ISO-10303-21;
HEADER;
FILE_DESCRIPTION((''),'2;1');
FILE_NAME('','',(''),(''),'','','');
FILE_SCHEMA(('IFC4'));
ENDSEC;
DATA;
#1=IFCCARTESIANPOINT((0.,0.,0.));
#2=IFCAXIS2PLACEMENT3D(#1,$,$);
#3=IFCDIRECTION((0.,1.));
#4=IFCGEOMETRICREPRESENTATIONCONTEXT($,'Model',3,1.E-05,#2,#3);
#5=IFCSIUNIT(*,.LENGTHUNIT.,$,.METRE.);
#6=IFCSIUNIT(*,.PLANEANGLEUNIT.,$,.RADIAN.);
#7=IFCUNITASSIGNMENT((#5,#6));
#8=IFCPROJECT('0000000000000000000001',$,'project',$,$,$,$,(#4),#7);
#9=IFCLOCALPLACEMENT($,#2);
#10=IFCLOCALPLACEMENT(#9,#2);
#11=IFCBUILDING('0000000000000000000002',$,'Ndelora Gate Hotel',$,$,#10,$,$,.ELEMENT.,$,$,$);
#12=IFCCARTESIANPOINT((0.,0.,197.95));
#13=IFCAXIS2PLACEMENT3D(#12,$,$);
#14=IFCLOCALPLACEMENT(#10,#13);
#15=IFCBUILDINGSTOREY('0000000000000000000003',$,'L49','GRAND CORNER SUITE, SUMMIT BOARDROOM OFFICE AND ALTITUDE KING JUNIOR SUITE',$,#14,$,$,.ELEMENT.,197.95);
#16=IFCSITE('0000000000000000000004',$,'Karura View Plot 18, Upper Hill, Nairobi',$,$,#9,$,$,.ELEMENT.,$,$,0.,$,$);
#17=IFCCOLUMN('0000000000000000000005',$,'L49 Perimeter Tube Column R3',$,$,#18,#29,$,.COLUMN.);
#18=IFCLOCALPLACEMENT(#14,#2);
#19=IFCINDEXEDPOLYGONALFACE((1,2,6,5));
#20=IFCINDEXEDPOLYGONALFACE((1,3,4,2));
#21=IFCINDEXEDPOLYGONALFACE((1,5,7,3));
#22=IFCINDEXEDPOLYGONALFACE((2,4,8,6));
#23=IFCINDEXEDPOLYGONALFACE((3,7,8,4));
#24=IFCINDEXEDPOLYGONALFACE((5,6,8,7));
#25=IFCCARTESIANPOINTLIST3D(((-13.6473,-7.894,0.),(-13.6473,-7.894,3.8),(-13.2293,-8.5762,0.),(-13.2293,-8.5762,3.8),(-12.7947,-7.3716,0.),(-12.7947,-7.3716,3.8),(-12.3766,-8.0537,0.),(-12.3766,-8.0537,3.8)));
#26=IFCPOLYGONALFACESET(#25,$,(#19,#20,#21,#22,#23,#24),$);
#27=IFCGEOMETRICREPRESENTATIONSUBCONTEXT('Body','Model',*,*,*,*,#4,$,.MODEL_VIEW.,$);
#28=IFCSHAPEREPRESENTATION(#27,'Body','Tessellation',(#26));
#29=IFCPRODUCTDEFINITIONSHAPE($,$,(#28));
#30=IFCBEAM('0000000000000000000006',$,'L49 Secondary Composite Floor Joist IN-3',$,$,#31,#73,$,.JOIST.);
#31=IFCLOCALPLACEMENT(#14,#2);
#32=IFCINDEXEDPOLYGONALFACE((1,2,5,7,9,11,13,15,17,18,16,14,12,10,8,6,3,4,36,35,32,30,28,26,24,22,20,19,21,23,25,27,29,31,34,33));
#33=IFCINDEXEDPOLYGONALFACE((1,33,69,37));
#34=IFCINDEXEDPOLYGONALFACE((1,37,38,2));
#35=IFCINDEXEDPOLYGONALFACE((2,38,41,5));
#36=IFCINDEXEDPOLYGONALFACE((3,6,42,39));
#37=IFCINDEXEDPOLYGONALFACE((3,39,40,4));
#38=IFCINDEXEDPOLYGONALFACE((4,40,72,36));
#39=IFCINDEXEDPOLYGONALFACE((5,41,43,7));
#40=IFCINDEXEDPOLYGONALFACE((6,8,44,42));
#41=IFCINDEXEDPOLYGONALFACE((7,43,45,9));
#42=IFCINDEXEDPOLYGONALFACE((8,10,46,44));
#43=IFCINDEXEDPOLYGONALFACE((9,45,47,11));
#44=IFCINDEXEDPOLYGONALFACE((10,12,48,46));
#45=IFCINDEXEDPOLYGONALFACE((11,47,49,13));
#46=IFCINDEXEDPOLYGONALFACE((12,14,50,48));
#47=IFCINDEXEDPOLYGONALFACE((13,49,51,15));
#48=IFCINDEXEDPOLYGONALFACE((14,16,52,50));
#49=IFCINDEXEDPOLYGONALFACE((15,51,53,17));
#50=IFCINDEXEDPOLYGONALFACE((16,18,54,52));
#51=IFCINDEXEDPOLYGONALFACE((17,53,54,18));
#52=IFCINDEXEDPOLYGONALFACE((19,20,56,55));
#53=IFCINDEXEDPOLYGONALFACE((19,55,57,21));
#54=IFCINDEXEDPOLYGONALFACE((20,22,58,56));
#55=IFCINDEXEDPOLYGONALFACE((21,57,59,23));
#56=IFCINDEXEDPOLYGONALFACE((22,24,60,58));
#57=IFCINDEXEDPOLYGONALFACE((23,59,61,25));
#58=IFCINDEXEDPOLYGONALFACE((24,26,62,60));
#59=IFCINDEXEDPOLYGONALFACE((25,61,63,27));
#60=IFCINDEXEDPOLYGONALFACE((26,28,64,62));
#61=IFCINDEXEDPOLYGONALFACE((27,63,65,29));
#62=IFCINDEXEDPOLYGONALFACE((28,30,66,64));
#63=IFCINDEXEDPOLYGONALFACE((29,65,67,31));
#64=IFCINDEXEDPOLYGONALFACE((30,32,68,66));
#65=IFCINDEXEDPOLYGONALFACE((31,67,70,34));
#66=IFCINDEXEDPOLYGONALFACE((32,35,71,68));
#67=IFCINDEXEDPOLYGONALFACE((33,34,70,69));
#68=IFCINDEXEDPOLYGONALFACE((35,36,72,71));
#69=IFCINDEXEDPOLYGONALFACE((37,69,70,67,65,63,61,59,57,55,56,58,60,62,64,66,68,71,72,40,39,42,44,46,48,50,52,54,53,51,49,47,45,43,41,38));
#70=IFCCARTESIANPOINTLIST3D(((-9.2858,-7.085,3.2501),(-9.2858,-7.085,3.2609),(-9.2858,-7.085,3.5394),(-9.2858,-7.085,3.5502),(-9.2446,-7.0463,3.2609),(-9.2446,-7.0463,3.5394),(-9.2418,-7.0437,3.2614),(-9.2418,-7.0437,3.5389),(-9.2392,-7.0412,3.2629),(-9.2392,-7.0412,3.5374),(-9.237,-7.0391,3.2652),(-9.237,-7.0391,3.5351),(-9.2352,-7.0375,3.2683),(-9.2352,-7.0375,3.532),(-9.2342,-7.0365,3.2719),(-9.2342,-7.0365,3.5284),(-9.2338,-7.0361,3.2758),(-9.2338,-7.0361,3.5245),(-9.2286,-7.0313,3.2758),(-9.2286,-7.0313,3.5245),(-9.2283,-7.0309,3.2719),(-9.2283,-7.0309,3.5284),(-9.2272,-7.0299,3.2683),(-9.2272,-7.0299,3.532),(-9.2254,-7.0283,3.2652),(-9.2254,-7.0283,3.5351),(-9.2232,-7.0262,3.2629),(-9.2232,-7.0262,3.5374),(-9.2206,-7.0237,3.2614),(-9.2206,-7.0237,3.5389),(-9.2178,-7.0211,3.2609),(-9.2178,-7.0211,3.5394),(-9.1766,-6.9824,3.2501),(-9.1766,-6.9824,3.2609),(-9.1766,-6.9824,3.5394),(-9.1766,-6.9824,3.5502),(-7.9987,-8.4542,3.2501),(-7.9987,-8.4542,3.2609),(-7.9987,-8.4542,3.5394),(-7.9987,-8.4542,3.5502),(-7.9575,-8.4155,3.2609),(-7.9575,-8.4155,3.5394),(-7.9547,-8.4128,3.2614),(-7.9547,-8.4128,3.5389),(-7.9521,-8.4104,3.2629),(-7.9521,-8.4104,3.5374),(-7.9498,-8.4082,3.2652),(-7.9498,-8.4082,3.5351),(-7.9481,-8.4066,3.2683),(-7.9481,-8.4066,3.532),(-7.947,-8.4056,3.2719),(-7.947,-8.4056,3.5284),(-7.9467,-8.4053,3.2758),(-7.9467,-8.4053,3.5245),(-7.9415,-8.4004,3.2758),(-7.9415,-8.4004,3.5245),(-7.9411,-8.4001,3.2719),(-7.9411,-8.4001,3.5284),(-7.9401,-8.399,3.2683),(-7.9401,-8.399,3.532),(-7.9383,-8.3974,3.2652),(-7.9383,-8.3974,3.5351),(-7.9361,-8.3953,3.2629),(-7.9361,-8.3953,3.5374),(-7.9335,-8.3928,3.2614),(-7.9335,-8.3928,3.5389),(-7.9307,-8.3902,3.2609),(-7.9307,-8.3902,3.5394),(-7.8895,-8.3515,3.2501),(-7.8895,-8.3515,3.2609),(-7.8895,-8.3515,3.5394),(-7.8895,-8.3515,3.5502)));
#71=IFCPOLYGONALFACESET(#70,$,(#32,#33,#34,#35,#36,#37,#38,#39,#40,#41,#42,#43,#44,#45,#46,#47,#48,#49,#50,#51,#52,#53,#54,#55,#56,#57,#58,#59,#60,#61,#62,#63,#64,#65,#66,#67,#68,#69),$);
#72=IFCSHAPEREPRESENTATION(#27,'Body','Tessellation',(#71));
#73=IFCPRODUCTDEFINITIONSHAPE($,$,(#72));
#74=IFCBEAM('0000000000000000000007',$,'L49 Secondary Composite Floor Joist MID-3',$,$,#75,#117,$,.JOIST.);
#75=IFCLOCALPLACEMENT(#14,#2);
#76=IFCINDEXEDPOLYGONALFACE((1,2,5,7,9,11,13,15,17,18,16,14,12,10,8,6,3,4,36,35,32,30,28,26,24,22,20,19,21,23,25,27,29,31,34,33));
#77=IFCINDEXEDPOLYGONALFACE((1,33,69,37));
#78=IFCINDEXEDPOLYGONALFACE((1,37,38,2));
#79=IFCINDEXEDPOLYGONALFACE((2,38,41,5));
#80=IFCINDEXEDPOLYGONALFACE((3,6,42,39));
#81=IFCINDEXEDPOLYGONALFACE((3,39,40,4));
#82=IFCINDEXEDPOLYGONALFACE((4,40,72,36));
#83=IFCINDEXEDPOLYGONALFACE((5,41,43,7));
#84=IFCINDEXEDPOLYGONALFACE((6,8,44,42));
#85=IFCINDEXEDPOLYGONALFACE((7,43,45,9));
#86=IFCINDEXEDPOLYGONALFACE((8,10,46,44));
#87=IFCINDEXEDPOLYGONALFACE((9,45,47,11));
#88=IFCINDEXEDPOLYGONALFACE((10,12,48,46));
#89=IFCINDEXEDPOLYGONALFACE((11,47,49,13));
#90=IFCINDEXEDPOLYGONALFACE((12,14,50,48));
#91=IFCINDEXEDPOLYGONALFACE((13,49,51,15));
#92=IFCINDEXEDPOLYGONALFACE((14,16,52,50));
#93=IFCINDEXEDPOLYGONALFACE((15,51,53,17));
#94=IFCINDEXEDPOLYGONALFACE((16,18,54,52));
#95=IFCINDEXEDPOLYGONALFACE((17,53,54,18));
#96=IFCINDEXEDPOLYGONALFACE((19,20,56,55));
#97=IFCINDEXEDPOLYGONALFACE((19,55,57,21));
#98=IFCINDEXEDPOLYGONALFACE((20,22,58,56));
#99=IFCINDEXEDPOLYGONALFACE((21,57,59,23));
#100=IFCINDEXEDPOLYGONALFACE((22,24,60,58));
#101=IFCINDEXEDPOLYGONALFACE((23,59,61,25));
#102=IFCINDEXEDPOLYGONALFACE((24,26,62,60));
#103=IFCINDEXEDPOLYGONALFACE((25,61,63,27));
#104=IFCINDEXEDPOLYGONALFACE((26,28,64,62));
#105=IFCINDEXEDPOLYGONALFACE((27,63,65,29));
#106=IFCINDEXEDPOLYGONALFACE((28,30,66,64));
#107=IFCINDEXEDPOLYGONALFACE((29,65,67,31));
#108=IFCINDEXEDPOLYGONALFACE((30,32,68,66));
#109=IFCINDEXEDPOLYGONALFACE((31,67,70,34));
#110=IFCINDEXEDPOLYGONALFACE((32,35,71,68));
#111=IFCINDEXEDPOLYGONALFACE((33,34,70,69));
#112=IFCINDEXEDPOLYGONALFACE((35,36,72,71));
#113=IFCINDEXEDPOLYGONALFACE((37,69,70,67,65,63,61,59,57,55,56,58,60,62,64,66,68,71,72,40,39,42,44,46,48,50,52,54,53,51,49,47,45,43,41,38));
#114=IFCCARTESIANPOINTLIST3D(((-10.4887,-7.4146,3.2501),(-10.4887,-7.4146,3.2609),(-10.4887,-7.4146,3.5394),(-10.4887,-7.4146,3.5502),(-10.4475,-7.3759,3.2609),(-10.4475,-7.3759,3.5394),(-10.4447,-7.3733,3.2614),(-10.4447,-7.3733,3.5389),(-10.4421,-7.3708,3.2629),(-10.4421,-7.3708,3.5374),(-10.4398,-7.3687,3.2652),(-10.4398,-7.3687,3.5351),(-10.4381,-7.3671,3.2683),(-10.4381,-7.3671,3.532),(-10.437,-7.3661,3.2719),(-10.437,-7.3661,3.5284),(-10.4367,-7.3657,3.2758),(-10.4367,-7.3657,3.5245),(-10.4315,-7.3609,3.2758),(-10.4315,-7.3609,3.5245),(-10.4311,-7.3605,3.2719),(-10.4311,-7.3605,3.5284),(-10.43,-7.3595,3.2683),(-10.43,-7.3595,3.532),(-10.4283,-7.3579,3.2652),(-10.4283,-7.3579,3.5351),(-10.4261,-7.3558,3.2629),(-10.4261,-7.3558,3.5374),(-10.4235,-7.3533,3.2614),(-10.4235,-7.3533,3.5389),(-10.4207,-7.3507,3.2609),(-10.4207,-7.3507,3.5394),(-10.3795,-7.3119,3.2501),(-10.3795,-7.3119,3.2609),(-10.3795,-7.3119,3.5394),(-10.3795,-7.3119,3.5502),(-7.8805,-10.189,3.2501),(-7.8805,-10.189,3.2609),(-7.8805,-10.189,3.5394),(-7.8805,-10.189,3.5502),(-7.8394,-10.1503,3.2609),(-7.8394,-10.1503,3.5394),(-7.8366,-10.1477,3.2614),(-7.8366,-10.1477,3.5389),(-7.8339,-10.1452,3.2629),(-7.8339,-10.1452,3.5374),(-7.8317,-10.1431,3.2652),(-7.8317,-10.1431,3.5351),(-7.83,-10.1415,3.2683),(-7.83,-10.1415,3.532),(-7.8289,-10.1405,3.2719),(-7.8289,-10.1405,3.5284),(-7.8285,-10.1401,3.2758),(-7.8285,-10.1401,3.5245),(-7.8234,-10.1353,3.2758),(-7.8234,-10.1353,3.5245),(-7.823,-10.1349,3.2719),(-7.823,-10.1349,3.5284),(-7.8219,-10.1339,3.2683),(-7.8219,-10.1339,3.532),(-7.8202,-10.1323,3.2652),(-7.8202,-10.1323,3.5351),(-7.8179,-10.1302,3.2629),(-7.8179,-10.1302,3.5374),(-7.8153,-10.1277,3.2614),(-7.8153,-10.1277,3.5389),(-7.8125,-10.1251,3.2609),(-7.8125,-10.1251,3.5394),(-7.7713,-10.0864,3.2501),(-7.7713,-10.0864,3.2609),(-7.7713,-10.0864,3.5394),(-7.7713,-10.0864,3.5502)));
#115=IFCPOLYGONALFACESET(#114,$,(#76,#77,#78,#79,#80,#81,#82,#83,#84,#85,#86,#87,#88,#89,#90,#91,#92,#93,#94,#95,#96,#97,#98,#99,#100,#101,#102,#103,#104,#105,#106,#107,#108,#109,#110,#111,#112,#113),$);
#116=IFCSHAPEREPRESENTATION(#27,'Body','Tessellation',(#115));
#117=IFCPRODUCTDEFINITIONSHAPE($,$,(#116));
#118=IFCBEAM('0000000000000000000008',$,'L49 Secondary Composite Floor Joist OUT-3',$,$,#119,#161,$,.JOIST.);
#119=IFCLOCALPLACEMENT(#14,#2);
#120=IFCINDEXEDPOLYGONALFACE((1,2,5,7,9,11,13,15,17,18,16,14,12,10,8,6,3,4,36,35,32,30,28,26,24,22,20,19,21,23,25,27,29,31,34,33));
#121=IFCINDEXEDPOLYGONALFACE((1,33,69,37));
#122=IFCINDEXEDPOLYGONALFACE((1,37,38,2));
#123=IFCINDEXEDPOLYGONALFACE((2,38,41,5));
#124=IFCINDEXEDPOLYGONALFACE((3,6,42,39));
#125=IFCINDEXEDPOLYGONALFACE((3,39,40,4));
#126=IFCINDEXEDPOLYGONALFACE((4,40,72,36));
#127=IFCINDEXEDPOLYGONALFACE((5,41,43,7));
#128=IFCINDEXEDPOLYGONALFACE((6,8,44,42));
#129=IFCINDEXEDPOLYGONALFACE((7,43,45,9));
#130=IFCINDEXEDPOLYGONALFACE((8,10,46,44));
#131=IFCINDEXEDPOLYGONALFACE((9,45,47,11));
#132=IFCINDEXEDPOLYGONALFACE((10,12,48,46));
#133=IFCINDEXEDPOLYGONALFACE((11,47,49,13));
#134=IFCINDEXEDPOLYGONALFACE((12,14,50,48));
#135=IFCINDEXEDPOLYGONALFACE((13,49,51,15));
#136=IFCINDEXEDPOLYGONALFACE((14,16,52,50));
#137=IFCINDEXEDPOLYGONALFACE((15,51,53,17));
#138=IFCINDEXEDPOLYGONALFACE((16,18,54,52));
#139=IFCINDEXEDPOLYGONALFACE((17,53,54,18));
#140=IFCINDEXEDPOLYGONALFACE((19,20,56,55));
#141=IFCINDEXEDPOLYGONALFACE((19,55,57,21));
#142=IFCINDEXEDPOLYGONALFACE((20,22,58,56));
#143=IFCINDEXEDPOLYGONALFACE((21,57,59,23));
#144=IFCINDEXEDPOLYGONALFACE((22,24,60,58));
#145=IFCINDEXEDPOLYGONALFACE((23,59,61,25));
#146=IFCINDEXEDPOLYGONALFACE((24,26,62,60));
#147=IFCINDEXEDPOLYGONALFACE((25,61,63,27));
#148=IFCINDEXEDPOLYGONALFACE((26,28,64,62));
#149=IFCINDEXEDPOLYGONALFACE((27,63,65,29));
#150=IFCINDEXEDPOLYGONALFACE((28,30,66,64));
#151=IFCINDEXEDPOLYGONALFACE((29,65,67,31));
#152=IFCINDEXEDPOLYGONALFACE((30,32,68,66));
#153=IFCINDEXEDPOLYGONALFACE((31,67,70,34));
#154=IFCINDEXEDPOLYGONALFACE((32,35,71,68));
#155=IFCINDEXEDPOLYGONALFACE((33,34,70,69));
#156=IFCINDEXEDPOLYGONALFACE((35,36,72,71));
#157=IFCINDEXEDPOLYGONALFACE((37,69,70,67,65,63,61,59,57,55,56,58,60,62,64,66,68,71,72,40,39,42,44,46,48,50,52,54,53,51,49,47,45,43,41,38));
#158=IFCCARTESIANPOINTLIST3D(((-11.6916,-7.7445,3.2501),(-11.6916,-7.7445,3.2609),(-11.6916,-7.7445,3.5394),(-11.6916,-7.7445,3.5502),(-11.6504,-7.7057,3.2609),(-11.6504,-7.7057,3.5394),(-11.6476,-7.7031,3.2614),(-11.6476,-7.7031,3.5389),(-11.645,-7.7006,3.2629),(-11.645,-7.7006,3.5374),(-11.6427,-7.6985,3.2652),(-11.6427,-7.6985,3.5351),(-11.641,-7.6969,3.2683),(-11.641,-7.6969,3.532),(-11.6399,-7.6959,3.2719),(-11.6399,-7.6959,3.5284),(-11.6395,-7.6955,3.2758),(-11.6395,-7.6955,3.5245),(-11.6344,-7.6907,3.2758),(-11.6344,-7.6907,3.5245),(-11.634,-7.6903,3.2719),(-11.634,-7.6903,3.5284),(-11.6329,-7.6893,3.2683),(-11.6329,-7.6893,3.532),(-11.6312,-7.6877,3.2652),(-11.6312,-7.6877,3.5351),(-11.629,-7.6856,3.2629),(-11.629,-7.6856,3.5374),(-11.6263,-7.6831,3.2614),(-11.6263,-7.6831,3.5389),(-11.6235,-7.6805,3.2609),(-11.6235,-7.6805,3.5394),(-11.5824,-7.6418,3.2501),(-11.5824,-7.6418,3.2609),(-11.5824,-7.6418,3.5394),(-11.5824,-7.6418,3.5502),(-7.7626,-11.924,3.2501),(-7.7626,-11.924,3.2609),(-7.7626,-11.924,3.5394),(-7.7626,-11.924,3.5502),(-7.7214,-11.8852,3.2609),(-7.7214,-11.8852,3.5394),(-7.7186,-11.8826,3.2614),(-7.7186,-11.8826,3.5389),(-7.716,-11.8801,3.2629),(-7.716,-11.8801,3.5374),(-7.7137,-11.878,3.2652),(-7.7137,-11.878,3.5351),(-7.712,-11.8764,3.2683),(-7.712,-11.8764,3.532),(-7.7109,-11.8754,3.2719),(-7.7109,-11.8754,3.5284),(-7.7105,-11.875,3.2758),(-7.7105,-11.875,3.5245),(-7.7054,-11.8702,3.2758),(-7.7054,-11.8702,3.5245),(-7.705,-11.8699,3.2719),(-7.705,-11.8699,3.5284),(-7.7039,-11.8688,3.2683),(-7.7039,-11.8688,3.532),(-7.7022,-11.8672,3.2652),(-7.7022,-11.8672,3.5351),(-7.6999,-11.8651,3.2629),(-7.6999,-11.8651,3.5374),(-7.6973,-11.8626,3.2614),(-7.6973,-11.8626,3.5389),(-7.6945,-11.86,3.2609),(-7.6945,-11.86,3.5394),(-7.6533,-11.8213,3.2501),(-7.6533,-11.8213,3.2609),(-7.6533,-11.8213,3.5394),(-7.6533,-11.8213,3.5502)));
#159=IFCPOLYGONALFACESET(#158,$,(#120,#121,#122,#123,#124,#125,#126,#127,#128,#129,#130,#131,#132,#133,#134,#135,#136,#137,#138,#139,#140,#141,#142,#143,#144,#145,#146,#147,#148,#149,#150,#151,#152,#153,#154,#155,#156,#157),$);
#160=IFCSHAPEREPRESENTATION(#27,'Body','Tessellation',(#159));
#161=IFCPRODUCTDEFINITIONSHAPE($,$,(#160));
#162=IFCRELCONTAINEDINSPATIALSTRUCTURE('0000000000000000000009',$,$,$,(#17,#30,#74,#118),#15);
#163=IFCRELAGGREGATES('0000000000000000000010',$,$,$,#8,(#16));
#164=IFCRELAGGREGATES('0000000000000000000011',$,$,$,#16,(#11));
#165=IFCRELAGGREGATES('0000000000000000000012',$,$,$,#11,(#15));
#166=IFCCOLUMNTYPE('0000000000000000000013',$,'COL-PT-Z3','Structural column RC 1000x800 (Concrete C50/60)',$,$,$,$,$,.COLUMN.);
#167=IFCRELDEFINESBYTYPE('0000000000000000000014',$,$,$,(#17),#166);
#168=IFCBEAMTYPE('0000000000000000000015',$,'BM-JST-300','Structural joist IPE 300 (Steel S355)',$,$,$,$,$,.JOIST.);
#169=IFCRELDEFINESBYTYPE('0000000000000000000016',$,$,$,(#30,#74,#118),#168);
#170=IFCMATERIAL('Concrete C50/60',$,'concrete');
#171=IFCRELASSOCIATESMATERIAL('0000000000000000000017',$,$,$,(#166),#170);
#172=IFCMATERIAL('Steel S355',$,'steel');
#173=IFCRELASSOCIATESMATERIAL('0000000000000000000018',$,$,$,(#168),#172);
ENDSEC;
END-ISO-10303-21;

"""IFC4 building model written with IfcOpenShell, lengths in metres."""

from ifc_helpers import new_model, si_unit, direction, frame, origin, origin_2d, place, context, subcontext, project, spatial, rectangle, i_section, extrude, material, material_profile, profile_set, type_object, element, save


model = new_model("IFC4")

# Units and contexts
model_context = context("Model", 3, precision=1e-05, world=origin(), true_north=direction((0.0, 1.0)))
body_context = subcontext(model_context, "Body", "Model", "MODEL_VIEW")
ifc_project = project(units=[si_unit("LENGTHUNIT", "METRE"), si_unit("PLANEANGLEUNIT", "RADIAN")], contexts=[model_context])

# Site, building, storey
site_placement = place(None, origin())
site = spatial("IfcSite", under=ifc_project, at=site_placement, Name="Karura View Plot 18, Upper Hill, Nairobi", CompositionType="ELEMENT", RefElevation=0.0)
building_placement = place(site_placement, origin())
building = spatial("IfcBuilding", under=site, at=building_placement, Name="Ndelora Gate Hotel", CompositionType="ELEMENT")
storey_placement = place(building_placement, frame((0.0, 0.0, 197.95)))
storey = spatial("IfcBuildingStorey", under=building, at=storey_placement, Name="L49", Description="GRAND CORNER SUITE, SUMMIT BOARDROOM OFFICE AND ALTITUDE KING JUNIOR SUITE", CompositionType="ELEMENT", Elevation=197.95)

# Column
ifc_material_1 = material(Name="Concrete C50/60", Category="concrete")
ifc_material_profile_1 = material_profile(ifc_material_1, rectangle(XDim=0.8, YDim=1.0, at=origin_2d()), Name="RC 1000x800")
ifc_profile_set_1 = profile_set([ifc_material_profile_1], Name="Concrete C50/60")
column_type = type_object("IfcColumnType", Name="COL-PT-Z3", Description="Structural column RC 1000x800 (Concrete C50/60)", PredefinedType="COLUMN", material=ifc_profile_set_1)
column_placement = place(storey_placement, frame((-13.012, -7.9739, 0.0), z_axis=(0.0, 0.0, 1.0), x_axis=(-0.522499, 0.85264, 0.0)))
element("IfcColumn", 1, at=column_placement, inside=storey, type_object=column_type, Name="L49 Perimeter Tube Column R3", PredefinedType="COLUMN", context=body_context, shape_type="SweptSolid", body=[
    extrude(rectangle(XDim=0.8, YDim=1.0, at=origin_2d()), origin(), (0.0, 0.0, 1.0), 3.8),
])

# Beams
ifc_material_2 = material(Name="Steel S355", Category="steel")
ifc_material_profile_2 = material_profile(ifc_material_2, i_section(OverallWidth=0.1499, OverallDepth=0.3, WebThickness=0.0071, FlangeThickness=0.0107, FilletRadius=0.0149, at=origin_2d()), Name="IPE 300")
ifc_profile_set_2 = profile_set([ifc_material_profile_2], Name="Steel S355")
beam_type_1 = type_object("IfcBeamType", Name="BM-JST-300", Description="Structural joist IPE 300 (Steel S355)", PredefinedType="JOIST", material=ifc_profile_set_2)
beam_1_placement = place(storey_placement, frame((-9.2312, -7.0337, 3.4001), z_axis=(0.684943, -0.728597, 0.0), x_axis=(0.728597, 0.684943, 0.0)))
element("IfcBeam", 2, at=beam_1_placement, inside=storey, type_object=beam_type_1, Name="L49 Secondary Composite Floor Joist IN-3", PredefinedType="JOIST", context=body_context, shape_type="SweptSolid", body=[
    extrude(i_section(OverallWidth=0.1499, OverallDepth=0.3, WebThickness=0.0071, FlangeThickness=0.0107, FilletRadius=0.0149, at=origin_2d()), origin(), (0.0, 0.0, 1.0), 1.8792),
])
beam_2_placement = place(storey_placement, frame((-10.4341, -7.3633, 3.4001), z_axis=(0.684939, -0.728601, 0.0), x_axis=(0.728601, 0.684939, 0.0)))
element("IfcBeam", 3, at=beam_2_placement, inside=storey, type_object=beam_type_1, Name="L49 Secondary Composite Floor Joist MID-3", PredefinedType="JOIST", context=body_context, shape_type="SweptSolid", body=[
    extrude(i_section(OverallWidth=0.1499, OverallDepth=0.3, WebThickness=0.0071, FlangeThickness=0.0107, FilletRadius=0.0149, at=origin_2d()), origin(), (0.0, 0.0, 1.0), 3.8079),
])
beam_3_placement = place(storey_placement, frame((-11.637, -7.6931, 3.4001), z_axis=(0.684936, -0.728603, 0.0), x_axis=(0.728603, 0.684936, 0.0)))
element("IfcBeam", 4, at=beam_3_placement, inside=storey, type_object=beam_type_1, Name="L49 Secondary Composite Floor Joist OUT-3", PredefinedType="JOIST", context=body_context, shape_type="SweptSolid", body=[
    extrude(i_section(OverallWidth=0.1499, OverallDepth=0.3, WebThickness=0.0071, FlangeThickness=0.0107, FilletRadius=0.0149, at=origin_2d()), origin(), (0.0, 0.0, 1.0), 5.7363),
])

save(model, "model.ifc")
